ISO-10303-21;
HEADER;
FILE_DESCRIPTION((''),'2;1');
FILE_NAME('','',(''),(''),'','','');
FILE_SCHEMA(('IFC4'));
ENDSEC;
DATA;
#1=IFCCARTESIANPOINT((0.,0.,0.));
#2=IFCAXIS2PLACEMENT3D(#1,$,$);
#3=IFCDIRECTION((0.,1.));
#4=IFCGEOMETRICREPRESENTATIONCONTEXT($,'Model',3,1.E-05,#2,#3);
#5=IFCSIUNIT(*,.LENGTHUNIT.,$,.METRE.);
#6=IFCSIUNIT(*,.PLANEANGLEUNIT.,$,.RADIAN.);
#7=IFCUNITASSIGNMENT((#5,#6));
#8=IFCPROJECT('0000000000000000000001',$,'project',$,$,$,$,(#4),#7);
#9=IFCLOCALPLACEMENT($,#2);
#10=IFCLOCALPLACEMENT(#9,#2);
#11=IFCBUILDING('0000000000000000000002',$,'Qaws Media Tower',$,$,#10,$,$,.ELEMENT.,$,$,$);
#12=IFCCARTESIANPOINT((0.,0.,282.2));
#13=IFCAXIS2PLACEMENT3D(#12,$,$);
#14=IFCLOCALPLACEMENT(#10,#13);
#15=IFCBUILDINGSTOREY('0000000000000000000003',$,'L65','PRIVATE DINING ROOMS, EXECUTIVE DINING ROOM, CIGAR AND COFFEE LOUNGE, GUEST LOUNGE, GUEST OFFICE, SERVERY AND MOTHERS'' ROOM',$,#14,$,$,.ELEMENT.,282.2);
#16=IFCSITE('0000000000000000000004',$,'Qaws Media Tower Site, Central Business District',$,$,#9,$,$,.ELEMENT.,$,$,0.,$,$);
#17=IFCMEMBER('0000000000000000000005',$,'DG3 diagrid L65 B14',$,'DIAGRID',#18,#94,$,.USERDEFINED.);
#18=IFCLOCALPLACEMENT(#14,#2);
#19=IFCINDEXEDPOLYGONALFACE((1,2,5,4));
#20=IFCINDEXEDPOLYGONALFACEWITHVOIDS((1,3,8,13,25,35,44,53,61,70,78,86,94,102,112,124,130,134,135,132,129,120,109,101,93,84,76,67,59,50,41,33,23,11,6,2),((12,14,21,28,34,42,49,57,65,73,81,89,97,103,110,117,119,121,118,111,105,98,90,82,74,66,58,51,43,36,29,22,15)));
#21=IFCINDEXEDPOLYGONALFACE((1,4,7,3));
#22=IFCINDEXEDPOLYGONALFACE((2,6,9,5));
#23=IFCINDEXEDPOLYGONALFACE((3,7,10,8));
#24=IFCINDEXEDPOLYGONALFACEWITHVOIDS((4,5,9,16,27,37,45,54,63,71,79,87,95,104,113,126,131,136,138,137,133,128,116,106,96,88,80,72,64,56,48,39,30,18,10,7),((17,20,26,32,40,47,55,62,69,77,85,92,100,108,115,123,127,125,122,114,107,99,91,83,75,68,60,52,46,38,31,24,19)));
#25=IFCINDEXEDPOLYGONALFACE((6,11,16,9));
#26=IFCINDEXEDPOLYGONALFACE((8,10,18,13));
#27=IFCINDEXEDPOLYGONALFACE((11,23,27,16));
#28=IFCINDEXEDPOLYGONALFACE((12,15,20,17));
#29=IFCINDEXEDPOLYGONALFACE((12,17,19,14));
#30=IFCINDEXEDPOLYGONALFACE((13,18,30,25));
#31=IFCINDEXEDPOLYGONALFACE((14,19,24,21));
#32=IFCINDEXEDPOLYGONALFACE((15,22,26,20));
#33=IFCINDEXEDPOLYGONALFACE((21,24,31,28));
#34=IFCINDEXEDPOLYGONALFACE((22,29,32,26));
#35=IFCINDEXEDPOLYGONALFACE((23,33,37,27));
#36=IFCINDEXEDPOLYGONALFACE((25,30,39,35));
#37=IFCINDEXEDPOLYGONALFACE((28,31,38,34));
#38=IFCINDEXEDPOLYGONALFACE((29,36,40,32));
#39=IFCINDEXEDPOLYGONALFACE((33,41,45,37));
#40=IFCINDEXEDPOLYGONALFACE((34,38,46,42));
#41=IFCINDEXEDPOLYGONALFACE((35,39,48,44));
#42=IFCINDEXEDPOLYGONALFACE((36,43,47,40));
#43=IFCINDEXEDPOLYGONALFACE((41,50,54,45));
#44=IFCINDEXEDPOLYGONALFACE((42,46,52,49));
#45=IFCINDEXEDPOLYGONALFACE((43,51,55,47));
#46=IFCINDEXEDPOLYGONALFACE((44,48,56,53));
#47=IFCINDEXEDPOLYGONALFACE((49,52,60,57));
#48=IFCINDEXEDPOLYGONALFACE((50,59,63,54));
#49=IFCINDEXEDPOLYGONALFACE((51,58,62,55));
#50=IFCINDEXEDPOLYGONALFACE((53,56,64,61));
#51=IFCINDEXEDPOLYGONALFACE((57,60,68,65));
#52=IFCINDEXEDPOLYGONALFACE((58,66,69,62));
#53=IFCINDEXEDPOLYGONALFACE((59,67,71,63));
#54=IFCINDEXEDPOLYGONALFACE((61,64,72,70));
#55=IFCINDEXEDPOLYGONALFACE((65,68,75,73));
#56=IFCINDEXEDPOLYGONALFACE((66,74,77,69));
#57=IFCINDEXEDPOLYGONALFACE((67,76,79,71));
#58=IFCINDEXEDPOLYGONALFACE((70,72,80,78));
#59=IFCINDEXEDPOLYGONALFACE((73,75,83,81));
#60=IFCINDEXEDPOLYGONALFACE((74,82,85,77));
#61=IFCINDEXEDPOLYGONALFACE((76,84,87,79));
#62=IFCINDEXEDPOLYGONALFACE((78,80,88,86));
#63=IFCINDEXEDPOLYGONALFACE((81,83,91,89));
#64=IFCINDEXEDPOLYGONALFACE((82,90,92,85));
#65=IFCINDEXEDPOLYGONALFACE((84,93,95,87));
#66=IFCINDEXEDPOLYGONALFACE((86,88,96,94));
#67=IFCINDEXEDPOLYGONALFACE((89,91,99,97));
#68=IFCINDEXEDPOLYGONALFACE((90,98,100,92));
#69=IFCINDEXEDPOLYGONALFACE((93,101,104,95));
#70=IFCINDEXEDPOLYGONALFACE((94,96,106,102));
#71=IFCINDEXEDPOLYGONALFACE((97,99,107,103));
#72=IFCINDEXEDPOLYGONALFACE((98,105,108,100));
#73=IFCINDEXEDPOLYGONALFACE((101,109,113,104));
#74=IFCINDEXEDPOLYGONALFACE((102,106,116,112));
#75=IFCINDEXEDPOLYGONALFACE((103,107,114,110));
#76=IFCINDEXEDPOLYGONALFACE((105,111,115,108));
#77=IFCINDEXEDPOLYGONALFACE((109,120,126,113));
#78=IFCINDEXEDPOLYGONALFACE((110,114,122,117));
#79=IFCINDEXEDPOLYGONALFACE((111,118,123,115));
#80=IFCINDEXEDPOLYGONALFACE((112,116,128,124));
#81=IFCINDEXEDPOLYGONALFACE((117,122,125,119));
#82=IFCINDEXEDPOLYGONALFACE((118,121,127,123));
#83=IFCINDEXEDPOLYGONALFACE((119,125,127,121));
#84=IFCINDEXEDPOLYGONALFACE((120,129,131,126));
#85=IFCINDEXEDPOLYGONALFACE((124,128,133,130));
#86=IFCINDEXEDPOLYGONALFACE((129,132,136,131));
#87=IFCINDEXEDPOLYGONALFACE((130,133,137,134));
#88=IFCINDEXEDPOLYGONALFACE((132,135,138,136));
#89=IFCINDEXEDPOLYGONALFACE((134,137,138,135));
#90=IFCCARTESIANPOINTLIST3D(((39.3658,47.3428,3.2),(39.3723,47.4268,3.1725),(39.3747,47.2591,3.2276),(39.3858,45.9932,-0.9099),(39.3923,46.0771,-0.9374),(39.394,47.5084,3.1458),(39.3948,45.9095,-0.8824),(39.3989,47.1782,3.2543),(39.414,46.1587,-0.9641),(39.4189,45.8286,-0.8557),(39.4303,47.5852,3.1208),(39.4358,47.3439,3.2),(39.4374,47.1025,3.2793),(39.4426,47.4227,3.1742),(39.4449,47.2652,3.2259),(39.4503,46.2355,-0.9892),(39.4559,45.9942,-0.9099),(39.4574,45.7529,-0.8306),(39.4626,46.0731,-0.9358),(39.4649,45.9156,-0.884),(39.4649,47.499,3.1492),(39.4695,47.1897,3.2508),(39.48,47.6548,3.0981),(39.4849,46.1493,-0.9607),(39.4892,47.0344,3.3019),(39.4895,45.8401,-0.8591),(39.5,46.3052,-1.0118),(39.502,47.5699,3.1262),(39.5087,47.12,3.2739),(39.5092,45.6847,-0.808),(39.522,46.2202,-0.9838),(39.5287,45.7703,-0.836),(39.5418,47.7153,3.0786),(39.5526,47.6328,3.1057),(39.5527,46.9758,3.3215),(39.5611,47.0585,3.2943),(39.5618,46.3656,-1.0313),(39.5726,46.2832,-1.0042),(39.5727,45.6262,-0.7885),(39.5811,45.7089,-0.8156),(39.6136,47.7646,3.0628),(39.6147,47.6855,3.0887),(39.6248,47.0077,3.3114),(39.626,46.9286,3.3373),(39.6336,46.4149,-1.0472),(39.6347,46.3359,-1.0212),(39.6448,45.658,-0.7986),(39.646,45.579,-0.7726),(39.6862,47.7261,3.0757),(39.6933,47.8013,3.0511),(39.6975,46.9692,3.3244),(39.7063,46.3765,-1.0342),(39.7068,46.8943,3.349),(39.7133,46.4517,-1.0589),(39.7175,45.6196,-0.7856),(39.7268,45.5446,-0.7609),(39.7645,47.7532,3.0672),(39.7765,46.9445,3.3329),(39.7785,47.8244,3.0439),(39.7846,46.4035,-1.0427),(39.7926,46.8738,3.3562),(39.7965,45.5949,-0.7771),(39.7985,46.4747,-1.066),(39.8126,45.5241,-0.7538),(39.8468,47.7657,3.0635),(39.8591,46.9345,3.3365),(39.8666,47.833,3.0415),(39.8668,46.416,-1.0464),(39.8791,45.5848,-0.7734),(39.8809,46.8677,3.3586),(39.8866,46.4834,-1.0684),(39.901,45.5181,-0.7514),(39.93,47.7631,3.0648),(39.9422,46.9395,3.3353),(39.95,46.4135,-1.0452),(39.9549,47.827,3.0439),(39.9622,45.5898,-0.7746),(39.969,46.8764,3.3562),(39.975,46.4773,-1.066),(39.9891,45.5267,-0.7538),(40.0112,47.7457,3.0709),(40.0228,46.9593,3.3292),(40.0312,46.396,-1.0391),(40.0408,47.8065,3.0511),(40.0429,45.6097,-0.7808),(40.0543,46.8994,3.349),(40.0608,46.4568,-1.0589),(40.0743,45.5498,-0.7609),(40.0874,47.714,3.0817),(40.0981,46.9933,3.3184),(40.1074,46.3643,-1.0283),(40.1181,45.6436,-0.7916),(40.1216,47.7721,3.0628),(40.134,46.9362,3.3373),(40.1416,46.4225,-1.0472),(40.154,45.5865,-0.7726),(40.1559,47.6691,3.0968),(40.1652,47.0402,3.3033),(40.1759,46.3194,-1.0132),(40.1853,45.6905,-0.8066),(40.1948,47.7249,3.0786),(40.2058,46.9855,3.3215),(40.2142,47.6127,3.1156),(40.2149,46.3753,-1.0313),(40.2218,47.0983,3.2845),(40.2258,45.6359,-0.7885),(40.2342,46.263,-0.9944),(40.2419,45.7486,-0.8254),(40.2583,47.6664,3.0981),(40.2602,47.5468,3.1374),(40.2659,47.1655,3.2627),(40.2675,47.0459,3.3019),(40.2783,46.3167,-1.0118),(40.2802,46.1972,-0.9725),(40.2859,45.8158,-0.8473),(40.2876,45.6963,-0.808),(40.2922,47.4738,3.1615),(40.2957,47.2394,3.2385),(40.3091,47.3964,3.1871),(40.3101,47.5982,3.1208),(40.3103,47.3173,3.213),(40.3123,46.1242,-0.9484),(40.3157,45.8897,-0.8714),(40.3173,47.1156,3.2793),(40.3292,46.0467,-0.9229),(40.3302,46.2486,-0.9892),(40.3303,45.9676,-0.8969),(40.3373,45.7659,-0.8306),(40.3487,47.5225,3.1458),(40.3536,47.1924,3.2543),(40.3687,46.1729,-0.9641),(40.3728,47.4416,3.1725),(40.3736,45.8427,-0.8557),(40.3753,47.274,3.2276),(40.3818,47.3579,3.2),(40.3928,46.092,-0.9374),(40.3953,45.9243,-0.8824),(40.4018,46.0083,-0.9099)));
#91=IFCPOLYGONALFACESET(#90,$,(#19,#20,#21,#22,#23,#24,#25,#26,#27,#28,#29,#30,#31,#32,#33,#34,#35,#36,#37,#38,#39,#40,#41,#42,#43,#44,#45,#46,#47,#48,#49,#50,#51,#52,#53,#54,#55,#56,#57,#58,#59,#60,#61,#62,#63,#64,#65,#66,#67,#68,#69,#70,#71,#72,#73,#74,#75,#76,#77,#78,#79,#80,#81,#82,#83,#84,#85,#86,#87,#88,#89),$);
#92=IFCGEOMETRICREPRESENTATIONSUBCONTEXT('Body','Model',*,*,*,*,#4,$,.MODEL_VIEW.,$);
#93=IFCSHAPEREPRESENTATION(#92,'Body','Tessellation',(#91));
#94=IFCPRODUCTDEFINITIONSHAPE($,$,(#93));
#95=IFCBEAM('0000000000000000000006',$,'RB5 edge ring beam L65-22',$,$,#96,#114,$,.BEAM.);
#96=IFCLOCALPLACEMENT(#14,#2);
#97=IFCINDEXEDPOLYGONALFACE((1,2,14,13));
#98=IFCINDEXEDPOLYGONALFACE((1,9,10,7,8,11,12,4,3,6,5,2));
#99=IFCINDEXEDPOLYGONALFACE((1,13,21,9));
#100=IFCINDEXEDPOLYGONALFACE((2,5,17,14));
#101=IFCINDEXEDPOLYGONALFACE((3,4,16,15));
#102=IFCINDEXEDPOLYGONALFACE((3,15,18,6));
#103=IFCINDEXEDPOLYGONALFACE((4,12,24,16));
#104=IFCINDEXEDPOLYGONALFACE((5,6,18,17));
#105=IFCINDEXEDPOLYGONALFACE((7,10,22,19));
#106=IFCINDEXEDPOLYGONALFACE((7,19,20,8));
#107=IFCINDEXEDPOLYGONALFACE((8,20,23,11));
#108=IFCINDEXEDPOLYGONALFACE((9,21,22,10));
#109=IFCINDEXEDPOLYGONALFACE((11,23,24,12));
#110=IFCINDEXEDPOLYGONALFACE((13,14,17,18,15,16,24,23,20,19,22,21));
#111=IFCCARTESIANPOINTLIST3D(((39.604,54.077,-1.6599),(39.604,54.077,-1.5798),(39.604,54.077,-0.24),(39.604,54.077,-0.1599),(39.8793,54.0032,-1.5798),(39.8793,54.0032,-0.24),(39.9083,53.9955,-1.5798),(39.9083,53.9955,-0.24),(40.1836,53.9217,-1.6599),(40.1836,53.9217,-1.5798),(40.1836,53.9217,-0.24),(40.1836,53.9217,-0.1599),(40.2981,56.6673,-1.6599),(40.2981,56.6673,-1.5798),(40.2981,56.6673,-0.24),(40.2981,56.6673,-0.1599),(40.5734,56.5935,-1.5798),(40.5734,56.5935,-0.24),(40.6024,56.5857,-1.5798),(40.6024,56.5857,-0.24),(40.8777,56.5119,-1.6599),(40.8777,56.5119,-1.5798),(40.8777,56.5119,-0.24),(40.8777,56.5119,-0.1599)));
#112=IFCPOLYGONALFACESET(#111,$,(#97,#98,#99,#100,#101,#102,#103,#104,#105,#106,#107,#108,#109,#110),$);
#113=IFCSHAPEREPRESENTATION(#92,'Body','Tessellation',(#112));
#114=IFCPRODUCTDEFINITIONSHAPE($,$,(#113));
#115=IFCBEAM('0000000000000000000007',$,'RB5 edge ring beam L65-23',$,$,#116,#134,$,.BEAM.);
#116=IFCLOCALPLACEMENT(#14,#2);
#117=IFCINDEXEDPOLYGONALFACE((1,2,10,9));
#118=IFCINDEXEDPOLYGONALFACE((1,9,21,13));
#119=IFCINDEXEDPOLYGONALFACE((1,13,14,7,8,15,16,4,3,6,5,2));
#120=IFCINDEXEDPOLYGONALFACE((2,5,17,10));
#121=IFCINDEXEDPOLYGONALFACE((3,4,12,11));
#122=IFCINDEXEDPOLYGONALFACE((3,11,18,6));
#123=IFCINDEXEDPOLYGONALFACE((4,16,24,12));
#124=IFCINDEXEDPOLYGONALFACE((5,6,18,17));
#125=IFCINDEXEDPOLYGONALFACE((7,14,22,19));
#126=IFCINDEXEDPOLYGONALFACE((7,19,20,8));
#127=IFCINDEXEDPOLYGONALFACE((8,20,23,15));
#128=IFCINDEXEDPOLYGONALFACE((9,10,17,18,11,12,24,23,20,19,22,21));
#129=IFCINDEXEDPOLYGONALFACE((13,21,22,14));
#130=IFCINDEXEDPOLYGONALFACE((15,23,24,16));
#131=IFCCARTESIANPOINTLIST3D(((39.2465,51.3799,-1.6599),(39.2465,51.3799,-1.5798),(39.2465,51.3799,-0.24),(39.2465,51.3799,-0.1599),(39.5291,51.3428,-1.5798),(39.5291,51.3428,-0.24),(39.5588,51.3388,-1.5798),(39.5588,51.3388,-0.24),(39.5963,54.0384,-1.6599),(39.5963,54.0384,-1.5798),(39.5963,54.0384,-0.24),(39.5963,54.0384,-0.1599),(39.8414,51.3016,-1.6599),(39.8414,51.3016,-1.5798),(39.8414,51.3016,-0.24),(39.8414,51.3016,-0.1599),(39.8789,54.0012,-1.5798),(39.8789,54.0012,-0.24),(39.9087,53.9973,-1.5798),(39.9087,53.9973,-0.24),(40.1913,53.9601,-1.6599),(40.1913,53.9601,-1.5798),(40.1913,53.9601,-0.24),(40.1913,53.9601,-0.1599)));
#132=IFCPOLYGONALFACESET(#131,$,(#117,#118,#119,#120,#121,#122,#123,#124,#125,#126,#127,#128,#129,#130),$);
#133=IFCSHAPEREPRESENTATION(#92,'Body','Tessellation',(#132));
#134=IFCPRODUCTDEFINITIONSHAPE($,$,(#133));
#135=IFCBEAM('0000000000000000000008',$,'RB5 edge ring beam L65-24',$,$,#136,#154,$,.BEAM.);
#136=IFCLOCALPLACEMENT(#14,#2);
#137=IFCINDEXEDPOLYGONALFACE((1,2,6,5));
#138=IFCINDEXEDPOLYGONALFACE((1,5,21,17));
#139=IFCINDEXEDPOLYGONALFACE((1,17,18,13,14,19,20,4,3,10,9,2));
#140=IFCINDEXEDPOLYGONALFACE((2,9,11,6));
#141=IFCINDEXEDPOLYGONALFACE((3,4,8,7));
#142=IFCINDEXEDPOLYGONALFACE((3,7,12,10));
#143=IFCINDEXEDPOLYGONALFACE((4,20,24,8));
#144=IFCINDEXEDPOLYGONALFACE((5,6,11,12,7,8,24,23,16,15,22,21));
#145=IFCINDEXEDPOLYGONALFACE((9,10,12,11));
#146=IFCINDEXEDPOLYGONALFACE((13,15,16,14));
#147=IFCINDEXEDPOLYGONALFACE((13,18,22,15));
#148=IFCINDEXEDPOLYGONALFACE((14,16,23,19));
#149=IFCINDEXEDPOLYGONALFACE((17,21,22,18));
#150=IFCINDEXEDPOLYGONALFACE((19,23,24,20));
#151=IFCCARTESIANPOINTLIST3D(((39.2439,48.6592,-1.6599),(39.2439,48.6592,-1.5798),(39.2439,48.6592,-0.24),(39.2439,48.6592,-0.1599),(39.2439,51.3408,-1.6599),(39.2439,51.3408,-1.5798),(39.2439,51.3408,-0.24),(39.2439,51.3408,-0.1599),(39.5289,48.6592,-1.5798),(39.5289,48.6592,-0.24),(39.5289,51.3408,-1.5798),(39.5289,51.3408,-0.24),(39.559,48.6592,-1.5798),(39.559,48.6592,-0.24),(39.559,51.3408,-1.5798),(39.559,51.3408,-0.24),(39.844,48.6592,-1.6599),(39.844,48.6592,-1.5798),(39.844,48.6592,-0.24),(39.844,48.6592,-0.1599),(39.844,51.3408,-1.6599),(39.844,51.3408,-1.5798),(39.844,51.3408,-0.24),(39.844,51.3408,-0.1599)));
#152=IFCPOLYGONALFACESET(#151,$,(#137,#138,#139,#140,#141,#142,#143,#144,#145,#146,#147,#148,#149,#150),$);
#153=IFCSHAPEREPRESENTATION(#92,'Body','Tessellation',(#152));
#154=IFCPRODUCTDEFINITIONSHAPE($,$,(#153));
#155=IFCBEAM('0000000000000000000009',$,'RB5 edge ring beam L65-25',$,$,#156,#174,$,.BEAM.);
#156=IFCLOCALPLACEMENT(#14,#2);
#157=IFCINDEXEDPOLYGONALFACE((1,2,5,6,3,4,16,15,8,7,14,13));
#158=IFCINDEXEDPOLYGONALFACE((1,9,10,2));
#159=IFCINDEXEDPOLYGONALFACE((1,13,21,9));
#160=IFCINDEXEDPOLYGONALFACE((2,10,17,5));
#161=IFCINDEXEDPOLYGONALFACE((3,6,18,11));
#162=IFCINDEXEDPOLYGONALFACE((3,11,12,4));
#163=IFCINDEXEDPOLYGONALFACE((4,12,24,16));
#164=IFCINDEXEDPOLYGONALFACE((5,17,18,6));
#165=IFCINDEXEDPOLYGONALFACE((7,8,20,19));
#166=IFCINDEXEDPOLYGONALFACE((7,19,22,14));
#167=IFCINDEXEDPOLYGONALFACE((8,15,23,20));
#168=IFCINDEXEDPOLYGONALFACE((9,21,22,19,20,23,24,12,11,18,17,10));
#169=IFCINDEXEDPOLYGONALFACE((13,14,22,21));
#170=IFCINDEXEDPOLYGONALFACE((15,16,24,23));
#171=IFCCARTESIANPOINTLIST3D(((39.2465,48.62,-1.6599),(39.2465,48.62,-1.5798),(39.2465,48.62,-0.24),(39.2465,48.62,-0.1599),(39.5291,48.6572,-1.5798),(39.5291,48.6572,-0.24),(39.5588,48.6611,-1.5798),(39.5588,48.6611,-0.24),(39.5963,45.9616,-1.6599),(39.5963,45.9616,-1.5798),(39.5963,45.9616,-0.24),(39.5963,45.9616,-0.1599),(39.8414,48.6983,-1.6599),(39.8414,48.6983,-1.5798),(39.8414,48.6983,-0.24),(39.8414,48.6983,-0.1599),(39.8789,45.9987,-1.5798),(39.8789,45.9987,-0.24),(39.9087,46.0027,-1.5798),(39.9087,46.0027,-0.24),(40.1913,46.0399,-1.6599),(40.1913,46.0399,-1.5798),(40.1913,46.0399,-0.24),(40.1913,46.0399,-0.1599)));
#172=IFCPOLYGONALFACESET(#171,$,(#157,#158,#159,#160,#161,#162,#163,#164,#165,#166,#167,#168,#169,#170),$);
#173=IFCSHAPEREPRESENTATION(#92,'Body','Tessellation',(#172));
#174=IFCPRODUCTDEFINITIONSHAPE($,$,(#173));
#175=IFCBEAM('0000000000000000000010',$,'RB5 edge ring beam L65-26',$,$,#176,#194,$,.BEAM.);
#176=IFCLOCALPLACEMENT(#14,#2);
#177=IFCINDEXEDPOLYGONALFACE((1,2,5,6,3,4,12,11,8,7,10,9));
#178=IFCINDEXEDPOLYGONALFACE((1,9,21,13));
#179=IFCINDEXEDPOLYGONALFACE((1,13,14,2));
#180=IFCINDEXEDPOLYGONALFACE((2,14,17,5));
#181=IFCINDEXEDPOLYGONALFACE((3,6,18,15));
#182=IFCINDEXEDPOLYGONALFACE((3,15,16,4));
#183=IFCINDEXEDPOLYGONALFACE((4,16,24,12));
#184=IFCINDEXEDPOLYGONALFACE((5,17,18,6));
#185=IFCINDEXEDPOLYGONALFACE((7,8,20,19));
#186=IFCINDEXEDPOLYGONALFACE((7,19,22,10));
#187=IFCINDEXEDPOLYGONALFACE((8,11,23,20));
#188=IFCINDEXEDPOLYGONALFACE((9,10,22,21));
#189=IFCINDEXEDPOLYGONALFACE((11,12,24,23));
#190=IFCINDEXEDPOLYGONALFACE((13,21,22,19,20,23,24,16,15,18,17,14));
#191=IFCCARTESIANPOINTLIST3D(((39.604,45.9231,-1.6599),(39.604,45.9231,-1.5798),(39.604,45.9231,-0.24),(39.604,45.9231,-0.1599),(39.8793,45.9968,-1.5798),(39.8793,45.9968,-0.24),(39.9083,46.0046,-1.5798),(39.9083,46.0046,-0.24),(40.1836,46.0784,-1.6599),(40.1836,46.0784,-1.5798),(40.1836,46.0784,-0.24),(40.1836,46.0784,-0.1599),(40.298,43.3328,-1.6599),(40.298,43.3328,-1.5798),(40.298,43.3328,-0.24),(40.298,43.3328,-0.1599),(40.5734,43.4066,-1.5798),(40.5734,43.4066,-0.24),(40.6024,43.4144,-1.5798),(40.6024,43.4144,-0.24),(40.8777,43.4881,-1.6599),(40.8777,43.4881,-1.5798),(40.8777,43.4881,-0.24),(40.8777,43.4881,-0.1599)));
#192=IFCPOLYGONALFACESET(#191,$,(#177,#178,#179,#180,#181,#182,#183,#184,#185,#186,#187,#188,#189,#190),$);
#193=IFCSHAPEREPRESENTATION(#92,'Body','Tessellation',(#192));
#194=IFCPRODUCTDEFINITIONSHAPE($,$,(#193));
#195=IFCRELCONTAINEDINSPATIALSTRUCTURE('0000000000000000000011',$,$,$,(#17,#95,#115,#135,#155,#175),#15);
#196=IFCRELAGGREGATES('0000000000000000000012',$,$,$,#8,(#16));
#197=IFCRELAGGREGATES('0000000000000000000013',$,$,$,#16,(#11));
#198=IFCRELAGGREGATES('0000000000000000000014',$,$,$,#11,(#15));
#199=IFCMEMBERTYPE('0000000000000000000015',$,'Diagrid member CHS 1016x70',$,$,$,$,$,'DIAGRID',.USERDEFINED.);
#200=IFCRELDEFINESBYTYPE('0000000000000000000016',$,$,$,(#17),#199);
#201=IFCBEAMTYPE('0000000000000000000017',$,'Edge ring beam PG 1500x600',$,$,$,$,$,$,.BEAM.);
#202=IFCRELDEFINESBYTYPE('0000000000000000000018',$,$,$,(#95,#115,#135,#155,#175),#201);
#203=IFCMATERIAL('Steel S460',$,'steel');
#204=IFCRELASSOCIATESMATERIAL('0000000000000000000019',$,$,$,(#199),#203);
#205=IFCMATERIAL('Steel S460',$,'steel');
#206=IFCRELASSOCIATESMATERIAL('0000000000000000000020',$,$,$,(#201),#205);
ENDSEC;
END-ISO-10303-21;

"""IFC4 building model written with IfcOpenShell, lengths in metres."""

from ifc_helpers import new_model, si_unit, direction, frame, origin, origin_2d, place, context, subcontext, project, spatial, hollow_circle, i_section, extrude, material, material_profile, profile_set, type_object, element, save


model = new_model("IFC4")

# Units and contexts
model_context = context("Model", 3, precision=1e-05, world=origin(), true_north=direction((0.0, 1.0)))
body_context = subcontext(model_context, "Body", "Model", "MODEL_VIEW")
ifc_project = project(units=[si_unit("LENGTHUNIT", "METRE"), si_unit("PLANEANGLEUNIT", "RADIAN")], contexts=[model_context])

# Site, building, storey
site_placement = place(None, origin())
site = spatial("IfcSite", under=ifc_project, at=site_placement, Name="Qaws Media Tower Site, Central Business District", CompositionType="ELEMENT", RefElevation=0.0)
building_placement = place(site_placement, origin())
building = spatial("IfcBuilding", under=site, at=building_placement, Name="Qaws Media Tower", CompositionType="ELEMENT")
storey_placement = place(building_placement, frame((0.0, 0.0, 282.2)))
storey = spatial("IfcBuildingStorey", under=building, at=storey_placement, Name="L65", Description="PRIVATE DINING ROOMS, EXECUTIVE DINING ROOM, CIGAR AND COFFEE LOUNGE, GUEST LOUNGE, GUEST OFFICE, SERVERY AND MOTHERS' ROOM", CompositionType="ELEMENT", Elevation=282.2)

# Member
ifc_material_1 = material(Name="Steel S460", Category="steel")
ifc_material_profile_1 = material_profile(ifc_material_1, hollow_circle(Radius=0.5081, WallThickness=0.0701, at=origin_2d()), Name="CHS 1016x70")
ifc_profile_set_1 = profile_set([ifc_material_profile_1], Name="Steel S460")
member_type_1 = type_object("IfcMemberType", Name="Diagrid member CHS 1016x70", ElementType="DIAGRID", PredefinedType="USERDEFINED", material=ifc_profile_set_1)
for number, where, z_axis, x_axis, name in (
    (1, (39.8938, 46.0007, -0.9099), (-0.004628, 0.311988, 0.950075), (-0.99989, -0.014832, 0.0), "DG3 diagrid L65 B14"),
):
    element("IfcMember", number, at=place(storey_placement, frame(where, z_axis=z_axis, x_axis=x_axis)), inside=storey, type_object=member_type_1, Name=name, ObjectType="DIAGRID", PredefinedType="USERDEFINED", context=body_context, shape_type="SweptSolid", body=[
        extrude(hollow_circle(Radius=0.5081, WallThickness=0.0701, at=origin_2d()), origin(), (0.0, 0.0, 1.0), 4.3259),
    ])

# Beams
ifc_material_2 = material(Name="Steel S460", Category="steel")
ifc_material_profile_2 = material_profile(ifc_material_2, i_section(OverallWidth=0.6001, OverallDepth=1.5, WebThickness=0.03, FlangeThickness=0.0801, at=origin_2d()), Name="PG 1500x600")
ifc_profile_set_2 = profile_set([ifc_material_profile_2], Name="Steel S460")
beam_type = type_object("IfcBeamType", Name="Edge ring beam PG 1500x600", PredefinedType="BEAM", material=ifc_profile_set_2)
beam_1_placement = place(storey_placement, frame((40.5879, 56.5896, -0.9099), z_axis=(-0.258824, -0.965924, 0.0), x_axis=(0.965924, -0.258824, 0.0)))
element("IfcBeam", 2, at=beam_1_placement, inside=storey, type_object=beam_type, Name="RB5 edge ring beam L65-22", PredefinedType="BEAM", context=body_context, shape_type="SweptSolid", body=[
    extrude(i_section(OverallWidth=0.6001, OverallDepth=1.5, WebThickness=0.03, FlangeThickness=0.0801, at=origin_2d()), origin(), (0.0, 0.0, 1.0), 2.6816),
])
beam_2_placement = place(storey_placement, frame((39.8938, 53.9993, -0.9099), z_axis=(-0.130476, -0.991452, 0.0), x_axis=(0.991452, -0.130476, 0.0)))
element("IfcBeam", 3, at=beam_2_placement, inside=storey, type_object=beam_type, Name="RB5 edge ring beam L65-23", PredefinedType="BEAM", context=body_context, shape_type="SweptSolid", body=[
    extrude(i_section(OverallWidth=0.6001, OverallDepth=1.5, WebThickness=0.03, FlangeThickness=0.0801, at=origin_2d()), origin(), (0.0, 0.0, 1.0), 2.6814),
])
beam_3_placement = place(storey_placement, frame((39.5439, 51.3408, -0.9099), z_axis=(0.0, -1.0, 0.0), x_axis=(1.0, 0.0, 0.0)))
element("IfcBeam", 4, at=beam_3_placement, inside=storey, type_object=beam_type, Name="RB5 edge ring beam L65-24", PredefinedType="BEAM", context=body_context, shape_type="SweptSolid", body=[
    extrude(i_section(OverallWidth=0.6001, OverallDepth=1.5, WebThickness=0.03, FlangeThickness=0.0801, at=origin_2d()), origin(), (0.0, 0.0, 1.0), 2.6816),
])
beam_4_placement = place(storey_placement, frame((39.5439, 48.6592, -0.9099), z_axis=(0.130476, -0.991452, 0.0), x_axis=(0.991452, 0.130476, 0.0)))
element("IfcBeam", 5, at=beam_4_placement, inside=storey, type_object=beam_type, Name="RB5 edge ring beam L65-25", PredefinedType="BEAM", context=body_context, shape_type="SweptSolid", body=[
    extrude(i_section(OverallWidth=0.6001, OverallDepth=1.5, WebThickness=0.03, FlangeThickness=0.0801, at=origin_2d()), origin(), (0.0, 0.0, 1.0), 2.6814),
])
beam_5_placement = place(storey_placement, frame((39.8938, 46.0007, -0.9099), z_axis=(0.258824, -0.965924, 0.0), x_axis=(0.965924, 0.258824, 0.0)))
element("IfcBeam", 6, at=beam_5_placement, inside=storey, type_object=beam_type, Name="RB5 edge ring beam L65-26", PredefinedType="BEAM", context=body_context, shape_type="SweptSolid", body=[
    extrude(i_section(OverallWidth=0.6001, OverallDepth=1.5, WebThickness=0.03, FlangeThickness=0.0801, at=origin_2d()), origin(), (0.0, 0.0, 1.0), 2.6816),
])

save(model, "model.ifc")
